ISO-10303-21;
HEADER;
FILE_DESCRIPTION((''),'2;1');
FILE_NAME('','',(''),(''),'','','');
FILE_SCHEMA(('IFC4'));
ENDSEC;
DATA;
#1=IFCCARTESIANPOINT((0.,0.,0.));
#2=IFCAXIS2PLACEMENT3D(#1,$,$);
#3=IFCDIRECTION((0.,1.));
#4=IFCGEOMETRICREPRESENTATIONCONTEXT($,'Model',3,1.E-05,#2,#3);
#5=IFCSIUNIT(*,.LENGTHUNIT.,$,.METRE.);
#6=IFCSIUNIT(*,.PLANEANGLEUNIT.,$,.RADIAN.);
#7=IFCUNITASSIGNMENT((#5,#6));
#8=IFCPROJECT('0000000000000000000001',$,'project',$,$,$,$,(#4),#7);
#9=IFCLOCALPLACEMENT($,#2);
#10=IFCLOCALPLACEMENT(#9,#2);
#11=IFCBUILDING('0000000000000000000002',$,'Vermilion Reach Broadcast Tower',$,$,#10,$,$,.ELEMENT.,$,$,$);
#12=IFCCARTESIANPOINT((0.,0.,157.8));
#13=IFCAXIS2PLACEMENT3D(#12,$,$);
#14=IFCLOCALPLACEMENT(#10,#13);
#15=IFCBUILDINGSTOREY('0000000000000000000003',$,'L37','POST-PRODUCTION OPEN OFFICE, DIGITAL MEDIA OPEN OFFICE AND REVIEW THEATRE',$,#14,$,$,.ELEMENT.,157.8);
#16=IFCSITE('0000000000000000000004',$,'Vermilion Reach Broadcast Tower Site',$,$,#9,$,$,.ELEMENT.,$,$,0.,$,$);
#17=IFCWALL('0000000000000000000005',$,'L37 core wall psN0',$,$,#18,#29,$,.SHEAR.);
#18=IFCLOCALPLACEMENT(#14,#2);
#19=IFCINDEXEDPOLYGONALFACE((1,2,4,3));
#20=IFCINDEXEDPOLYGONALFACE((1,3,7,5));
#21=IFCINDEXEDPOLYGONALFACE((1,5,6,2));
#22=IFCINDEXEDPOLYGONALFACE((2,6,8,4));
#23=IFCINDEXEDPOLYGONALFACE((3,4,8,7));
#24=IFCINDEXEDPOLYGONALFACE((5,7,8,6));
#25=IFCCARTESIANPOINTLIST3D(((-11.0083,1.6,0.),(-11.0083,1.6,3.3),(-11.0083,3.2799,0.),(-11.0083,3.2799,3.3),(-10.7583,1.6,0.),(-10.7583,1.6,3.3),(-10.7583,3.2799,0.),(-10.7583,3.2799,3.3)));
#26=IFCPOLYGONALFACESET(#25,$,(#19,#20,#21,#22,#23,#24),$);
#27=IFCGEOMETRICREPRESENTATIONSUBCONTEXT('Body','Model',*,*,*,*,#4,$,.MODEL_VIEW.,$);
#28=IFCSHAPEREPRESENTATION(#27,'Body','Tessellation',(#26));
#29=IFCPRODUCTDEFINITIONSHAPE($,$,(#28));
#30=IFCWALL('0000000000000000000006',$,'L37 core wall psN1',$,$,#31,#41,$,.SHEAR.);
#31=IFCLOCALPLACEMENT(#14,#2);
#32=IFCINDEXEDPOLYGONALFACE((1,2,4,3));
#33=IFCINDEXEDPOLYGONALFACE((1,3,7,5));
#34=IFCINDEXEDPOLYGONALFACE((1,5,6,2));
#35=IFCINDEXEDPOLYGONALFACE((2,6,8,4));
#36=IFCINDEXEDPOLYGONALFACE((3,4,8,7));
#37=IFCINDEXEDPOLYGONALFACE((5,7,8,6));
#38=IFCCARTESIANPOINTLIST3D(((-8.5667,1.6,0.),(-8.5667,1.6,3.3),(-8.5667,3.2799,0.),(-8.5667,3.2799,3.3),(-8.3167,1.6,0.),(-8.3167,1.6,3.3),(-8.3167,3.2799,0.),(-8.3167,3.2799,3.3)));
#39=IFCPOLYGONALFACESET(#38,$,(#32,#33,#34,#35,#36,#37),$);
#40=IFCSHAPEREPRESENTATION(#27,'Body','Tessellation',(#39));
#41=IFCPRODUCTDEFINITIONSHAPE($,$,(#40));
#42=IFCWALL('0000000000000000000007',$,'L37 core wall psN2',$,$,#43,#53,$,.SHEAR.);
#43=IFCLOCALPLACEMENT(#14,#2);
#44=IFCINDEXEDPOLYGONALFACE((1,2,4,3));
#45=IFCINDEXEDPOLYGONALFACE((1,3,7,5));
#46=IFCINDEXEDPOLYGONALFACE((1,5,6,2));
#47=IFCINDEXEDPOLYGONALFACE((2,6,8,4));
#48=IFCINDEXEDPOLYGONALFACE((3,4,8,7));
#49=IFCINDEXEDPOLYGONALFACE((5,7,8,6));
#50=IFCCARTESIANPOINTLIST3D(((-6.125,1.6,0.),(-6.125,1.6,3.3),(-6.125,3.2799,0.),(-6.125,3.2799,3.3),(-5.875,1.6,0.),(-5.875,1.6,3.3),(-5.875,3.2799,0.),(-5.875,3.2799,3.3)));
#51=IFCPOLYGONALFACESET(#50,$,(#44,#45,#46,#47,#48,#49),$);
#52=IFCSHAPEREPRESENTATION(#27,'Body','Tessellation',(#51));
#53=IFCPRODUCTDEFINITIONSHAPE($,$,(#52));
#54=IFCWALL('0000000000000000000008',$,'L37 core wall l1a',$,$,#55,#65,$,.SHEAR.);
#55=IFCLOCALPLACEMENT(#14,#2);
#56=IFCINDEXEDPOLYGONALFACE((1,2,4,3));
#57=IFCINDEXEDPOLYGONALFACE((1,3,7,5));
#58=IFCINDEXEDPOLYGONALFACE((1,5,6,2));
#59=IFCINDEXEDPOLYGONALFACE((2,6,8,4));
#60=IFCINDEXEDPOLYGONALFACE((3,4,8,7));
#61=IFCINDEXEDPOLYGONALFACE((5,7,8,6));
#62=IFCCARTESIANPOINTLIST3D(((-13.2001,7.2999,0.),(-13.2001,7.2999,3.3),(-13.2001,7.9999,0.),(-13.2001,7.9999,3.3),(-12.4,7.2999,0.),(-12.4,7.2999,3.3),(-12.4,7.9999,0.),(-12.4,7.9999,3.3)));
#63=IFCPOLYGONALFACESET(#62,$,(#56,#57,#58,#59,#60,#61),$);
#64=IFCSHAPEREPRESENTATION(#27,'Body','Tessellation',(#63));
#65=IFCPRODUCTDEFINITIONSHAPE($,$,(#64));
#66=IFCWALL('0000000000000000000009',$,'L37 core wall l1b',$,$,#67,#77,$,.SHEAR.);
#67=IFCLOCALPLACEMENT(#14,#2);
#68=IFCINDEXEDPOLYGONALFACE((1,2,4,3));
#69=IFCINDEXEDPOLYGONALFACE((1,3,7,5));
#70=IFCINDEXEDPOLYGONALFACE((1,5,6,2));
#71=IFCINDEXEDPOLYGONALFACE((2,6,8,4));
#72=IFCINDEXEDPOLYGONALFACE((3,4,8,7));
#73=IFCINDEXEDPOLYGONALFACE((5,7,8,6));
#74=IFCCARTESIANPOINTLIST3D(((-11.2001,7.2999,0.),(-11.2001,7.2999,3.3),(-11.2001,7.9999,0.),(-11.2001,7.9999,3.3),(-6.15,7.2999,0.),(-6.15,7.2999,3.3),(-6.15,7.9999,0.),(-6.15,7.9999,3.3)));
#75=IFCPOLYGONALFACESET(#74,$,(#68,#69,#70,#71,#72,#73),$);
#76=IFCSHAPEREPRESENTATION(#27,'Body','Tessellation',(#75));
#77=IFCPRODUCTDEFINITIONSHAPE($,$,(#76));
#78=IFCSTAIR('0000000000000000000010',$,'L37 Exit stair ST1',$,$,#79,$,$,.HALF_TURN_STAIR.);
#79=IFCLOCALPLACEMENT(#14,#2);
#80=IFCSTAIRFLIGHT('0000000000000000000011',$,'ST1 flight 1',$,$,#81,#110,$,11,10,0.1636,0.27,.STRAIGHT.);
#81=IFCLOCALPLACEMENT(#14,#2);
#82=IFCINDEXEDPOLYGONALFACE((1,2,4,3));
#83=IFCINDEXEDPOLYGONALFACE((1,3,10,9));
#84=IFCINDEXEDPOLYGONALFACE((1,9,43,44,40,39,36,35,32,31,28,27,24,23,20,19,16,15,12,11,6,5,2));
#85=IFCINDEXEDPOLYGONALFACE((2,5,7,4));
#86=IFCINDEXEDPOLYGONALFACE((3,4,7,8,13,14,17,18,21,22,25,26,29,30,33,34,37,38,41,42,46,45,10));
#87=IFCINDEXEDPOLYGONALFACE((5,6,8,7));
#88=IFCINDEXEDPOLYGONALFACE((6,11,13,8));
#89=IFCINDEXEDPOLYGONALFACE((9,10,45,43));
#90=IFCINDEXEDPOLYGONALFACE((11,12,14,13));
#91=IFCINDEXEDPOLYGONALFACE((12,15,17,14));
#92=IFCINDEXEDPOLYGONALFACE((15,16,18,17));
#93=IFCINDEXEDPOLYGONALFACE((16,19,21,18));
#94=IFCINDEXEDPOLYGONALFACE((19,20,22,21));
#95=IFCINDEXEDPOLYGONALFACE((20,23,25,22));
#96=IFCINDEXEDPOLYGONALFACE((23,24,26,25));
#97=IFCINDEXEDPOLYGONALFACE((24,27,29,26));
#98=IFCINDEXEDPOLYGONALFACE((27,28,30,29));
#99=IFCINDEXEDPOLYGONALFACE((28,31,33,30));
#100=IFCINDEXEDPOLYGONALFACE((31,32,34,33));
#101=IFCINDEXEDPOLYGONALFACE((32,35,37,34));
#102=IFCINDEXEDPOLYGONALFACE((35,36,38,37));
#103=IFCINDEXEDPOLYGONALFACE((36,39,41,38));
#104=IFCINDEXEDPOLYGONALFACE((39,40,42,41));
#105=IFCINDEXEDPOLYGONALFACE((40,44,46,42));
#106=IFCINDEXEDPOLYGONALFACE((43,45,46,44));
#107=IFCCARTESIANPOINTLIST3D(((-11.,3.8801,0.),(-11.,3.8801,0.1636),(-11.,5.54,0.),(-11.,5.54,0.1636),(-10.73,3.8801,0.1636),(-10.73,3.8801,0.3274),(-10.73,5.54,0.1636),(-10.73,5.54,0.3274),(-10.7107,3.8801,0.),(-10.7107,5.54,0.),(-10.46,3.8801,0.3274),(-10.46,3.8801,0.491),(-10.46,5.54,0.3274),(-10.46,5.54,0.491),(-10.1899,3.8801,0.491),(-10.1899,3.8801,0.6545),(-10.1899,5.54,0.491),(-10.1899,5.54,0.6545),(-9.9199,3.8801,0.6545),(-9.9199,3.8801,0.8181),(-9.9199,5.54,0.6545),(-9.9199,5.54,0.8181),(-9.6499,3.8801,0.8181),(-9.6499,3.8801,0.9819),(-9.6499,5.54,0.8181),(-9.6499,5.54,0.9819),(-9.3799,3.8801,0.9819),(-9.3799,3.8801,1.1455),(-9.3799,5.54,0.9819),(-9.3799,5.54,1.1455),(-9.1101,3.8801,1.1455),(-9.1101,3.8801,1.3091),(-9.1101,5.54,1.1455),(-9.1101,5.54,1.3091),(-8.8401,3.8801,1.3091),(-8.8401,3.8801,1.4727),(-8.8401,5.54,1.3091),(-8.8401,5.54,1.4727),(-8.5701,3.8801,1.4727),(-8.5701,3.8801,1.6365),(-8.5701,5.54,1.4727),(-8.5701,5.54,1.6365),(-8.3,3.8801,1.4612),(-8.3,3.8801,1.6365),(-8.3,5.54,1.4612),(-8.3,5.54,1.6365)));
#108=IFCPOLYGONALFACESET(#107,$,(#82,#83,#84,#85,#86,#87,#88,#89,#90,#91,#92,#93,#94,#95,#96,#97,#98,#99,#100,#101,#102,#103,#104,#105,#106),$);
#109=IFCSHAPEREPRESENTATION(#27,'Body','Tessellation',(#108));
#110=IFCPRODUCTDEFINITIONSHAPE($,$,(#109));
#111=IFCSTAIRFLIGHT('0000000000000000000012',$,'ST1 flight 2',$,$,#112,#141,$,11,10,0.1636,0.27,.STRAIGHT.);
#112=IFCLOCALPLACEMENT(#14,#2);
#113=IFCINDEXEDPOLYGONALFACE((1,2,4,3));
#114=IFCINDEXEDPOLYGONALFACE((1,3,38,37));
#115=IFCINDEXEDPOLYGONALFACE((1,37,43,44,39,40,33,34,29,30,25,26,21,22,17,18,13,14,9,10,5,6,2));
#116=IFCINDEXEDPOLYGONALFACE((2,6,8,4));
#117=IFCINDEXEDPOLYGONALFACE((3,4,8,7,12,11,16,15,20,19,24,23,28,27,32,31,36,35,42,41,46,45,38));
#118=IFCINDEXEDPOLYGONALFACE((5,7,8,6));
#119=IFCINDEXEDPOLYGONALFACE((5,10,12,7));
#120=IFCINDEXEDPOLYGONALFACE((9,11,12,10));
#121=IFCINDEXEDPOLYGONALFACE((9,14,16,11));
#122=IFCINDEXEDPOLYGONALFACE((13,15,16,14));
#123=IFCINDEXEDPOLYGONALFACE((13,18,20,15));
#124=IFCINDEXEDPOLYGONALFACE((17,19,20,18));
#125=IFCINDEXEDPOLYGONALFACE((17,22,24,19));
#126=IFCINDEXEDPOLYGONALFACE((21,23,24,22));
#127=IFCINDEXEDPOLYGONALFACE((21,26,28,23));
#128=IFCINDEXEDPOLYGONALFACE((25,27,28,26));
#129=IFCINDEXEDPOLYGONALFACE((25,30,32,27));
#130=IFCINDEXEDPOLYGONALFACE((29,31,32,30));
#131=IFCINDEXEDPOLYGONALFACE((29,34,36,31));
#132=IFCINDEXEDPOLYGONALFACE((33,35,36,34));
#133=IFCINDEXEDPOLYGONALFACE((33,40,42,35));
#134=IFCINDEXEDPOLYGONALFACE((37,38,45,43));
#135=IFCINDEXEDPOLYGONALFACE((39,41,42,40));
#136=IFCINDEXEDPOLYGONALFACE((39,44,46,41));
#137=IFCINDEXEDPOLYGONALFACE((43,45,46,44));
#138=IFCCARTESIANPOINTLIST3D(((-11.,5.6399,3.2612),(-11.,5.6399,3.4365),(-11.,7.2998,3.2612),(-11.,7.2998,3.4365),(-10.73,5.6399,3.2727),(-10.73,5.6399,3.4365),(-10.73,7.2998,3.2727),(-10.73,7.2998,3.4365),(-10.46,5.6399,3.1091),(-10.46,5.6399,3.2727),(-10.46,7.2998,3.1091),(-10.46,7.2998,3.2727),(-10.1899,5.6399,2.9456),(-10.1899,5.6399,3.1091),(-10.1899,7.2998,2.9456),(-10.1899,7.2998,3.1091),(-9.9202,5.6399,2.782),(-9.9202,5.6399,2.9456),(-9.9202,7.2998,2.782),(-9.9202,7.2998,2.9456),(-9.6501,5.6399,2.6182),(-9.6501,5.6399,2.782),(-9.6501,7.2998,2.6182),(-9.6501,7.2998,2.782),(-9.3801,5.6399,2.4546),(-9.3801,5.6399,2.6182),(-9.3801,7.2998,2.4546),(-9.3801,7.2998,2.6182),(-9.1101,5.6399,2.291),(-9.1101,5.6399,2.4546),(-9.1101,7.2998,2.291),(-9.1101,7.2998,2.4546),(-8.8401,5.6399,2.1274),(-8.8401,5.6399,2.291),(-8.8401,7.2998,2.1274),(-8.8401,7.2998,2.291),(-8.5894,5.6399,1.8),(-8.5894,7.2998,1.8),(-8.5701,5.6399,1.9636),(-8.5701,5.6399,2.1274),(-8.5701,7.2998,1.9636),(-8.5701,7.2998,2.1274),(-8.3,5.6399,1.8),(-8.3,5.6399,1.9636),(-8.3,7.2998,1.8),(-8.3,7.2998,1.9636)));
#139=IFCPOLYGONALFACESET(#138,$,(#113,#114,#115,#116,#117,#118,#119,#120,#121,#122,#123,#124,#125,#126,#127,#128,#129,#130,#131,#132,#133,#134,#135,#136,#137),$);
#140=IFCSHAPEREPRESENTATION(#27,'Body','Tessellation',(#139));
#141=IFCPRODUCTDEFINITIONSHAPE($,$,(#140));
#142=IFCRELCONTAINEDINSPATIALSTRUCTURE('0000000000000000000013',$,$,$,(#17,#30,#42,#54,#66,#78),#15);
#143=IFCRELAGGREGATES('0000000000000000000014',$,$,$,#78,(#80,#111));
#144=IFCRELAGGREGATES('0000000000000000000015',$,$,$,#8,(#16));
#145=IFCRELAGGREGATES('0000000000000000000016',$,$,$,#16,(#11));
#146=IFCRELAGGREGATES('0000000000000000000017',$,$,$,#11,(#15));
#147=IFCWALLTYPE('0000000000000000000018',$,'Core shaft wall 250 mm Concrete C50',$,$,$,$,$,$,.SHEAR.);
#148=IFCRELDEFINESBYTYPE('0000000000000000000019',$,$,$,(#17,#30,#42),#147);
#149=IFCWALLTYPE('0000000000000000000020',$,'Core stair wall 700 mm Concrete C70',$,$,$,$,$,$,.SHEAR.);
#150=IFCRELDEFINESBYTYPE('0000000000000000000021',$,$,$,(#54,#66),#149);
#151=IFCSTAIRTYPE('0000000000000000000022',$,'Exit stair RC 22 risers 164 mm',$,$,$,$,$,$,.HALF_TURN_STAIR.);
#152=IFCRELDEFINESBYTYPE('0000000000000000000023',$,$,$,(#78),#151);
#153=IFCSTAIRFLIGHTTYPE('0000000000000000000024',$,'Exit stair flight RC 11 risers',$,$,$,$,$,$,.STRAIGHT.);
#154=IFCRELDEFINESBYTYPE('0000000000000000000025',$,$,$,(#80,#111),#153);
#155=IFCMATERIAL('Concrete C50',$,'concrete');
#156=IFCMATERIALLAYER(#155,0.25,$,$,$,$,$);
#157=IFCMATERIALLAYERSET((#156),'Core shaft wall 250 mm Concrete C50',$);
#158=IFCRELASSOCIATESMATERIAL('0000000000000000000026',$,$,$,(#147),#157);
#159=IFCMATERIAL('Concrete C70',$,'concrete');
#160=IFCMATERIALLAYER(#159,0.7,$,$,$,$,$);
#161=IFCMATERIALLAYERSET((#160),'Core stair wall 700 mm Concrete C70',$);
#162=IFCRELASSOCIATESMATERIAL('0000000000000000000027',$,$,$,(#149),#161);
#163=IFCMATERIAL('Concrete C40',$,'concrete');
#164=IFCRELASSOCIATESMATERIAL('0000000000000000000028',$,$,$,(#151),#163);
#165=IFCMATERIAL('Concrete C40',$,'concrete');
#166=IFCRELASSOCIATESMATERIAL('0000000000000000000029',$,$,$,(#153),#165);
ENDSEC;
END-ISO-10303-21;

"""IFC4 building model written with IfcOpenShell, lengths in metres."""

from ifc_helpers import new_model, si_unit, direction, frame, frame_2d, origin, place, context, subcontext, project, spatial, polyline, rectangle, outline, extrude, material, layer, layer_set, type_object, element, aggregate, save


model = new_model("IFC4")

# Units and contexts
model_context = context("Model", 3, precision=1e-05, world=origin(), true_north=direction((0.0, 1.0)))
body_context = subcontext(model_context, "Body", "Model", "MODEL_VIEW")
ifc_project = project(units=[si_unit("LENGTHUNIT", "METRE"), si_unit("PLANEANGLEUNIT", "RADIAN")], contexts=[model_context])

# Site, building, storey
site_placement = place(None, origin())
site = spatial("IfcSite", under=ifc_project, at=site_placement, Name="Vermilion Reach Broadcast Tower Site", CompositionType="ELEMENT", RefElevation=0.0)
building_placement = place(site_placement, origin())
building = spatial("IfcBuilding", under=site, at=building_placement, Name="Vermilion Reach Broadcast Tower", CompositionType="ELEMENT")
storey_placement = place(building_placement, frame((0.0, 0.0, 157.8)))
storey = spatial("IfcBuildingStorey", under=building, at=storey_placement, Name="L37", Description="POST-PRODUCTION OPEN OFFICE, DIGITAL MEDIA OPEN OFFICE AND REVIEW THEATRE", CompositionType="ELEMENT", Elevation=157.8)

# Walls
ifc_material_1 = material(Name="Concrete C50", Category="concrete")
ifc_layer_1 = layer(ifc_material_1, 0.25)
ifc_layer_set_1 = layer_set([ifc_layer_1], Name="Core shaft wall 250 mm Concrete C50")
wall_type_1 = type_object("IfcWallType", Name="Core shaft wall 250 mm Concrete C50", PredefinedType="SHEAR", material=ifc_layer_set_1)
for number, where, z_axis, x_axis, name in (
    (1, (-10.8833, 1.6001, 0.0), (0.0, 0.0, 1.0), (0.0, 1.0, 0.0), "L37 core wall psN0"),
    (2, (-8.4417, 1.6001, 0.0), (0.0, 0.0, 1.0), (0.0, 1.0, 0.0), "L37 core wall psN1"),
    (3, (-6.0, 1.6001, 0.0), (0.0, 0.0, 1.0), (0.0, 1.0, 0.0), "L37 core wall psN2"),
):
    element("IfcWall", number, at=place(storey_placement, frame(where, z_axis=z_axis, x_axis=x_axis)), inside=storey, type_object=wall_type_1, Name=name, PredefinedType="SHEAR", context=body_context, shape_type="SweptSolid", body=[
        extrude(rectangle(XDim=1.6799, YDim=0.25, at=frame_2d((0.8398, 0.0))), origin(), (0.0, 0.0, 1.0), 3.3),
    ])
ifc_material_2 = material(Name="Concrete C70", Category="concrete")
ifc_layer_2 = layer(ifc_material_2, 0.7)
ifc_layer_set_2 = layer_set([ifc_layer_2], Name="Core stair wall 700 mm Concrete C70")
wall_type_2 = type_object("IfcWallType", Name="Core stair wall 700 mm Concrete C70", PredefinedType="SHEAR", material=ifc_layer_set_2)
wall_1_placement = place(storey_placement, frame((-13.2, 7.6499, 0.0), z_axis=(0.0, 0.0, 1.0), x_axis=(1.0, 0.0, 0.0)))
element("IfcWall", 4, at=wall_1_placement, inside=storey, type_object=wall_type_2, Name="L37 core wall l1a", PredefinedType="SHEAR", context=body_context, shape_type="SweptSolid", body=[
    extrude(rectangle(XDim=0.8, YDim=0.7, at=frame_2d((0.3999, 0.0))), origin(), (0.0, 0.0, 1.0), 3.3),
])
wall_2_placement = place(storey_placement, frame((-11.2, 7.6499, 0.0), z_axis=(0.0, 0.0, 1.0), x_axis=(1.0, 0.0, 0.0)))
element("IfcWall", 5, at=wall_2_placement, inside=storey, type_object=wall_type_2, Name="L37 core wall l1b", PredefinedType="SHEAR", context=body_context, shape_type="SweptSolid", body=[
    extrude(rectangle(XDim=5.05, YDim=0.7, at=frame_2d((2.5249, 0.0))), origin(), (0.0, 0.0, 1.0), 3.3),
])

# Stair, stair flights
ifc_material_3 = material(Name="Concrete C40", Category="concrete")
stair_type = type_object("IfcStairType", Name="Exit stair RC 22 risers 164 mm", PredefinedType="HALF_TURN_STAIR", material=ifc_material_3)
stair_placement = place(storey_placement, origin())
stair = element("IfcStair", 6, at=stair_placement, inside=storey, type_object=stair_type, Name="L37 Exit stair ST1", PredefinedType="HALF_TURN_STAIR")
ifc_material_4 = material(Name="Concrete C40", Category="concrete")
stair_flight_type = type_object("IfcStairFlightType", Name="Exit stair flight RC 11 risers", PredefinedType="STRAIGHT", material=ifc_material_4)
stair_flight_1_placement = place(storey_placement, frame((-11.0, 4.71, 0.0), z_axis=(0.0, 0.0, 1.0), x_axis=(1.0, 0.0, 0.0)))
stair_flight_1 = element("IfcStairFlight", 7, at=stair_flight_1_placement, type_object=stair_flight_type, Name="ST1 flight 1", NumberOfRisers=11, NumberOfTreads=10, PredefinedType="STRAIGHT", RiserHeight=0.1636, TreadLength=0.27, context=body_context, shape_type="SweptSolid", body=[
    extrude(outline(polyline([(0.0, 0.0), (0.0, 0.1636), (0.27, 0.1636), (0.27, 0.3274), (0.54, 0.3274), (0.54, 0.491), (0.8101, 0.491), (0.8101, 0.6545), (1.0801, 0.6545), (1.0801, 0.8181), (1.3501, 0.8181), (1.3501, 0.9819), (1.6201, 0.9819), (1.6201, 1.1455), (1.8899, 1.1455), (1.8899, 1.3091), (2.1599, 1.3091), (2.1599, 1.4727), (2.4299, 1.4727), (2.4299, 1.6365), (2.7, 1.6365), (2.7, 1.8), (2.7, 1.4612), (0.2893, 0.0), (0.0, 0.0)])), frame((0.0, 0.8301, 0.0), z_axis=(0.0, -1.0, 0.0), x_axis=(1.0, 0.0, 0.0)), (0.0, 0.0, 1.0), 1.6599),
])
stair_flight_2_placement = place(storey_placement, frame((-8.3, 6.47, 1.8), z_axis=(0.0, 0.0, 1.0), x_axis=(-1.0, 0.0, 0.0)))
stair_flight_2 = element("IfcStairFlight", 8, at=stair_flight_2_placement, type_object=stair_flight_type, Name="ST1 flight 2", NumberOfRisers=11, NumberOfTreads=10, PredefinedType="STRAIGHT", RiserHeight=0.1636, TreadLength=0.27, context=body_context, shape_type="SweptSolid", body=[
    extrude(outline(polyline([(0.0, 0.0), (0.0, 0.1636), (0.27, 0.1636), (0.27, 0.3274), (0.54, 0.3274), (0.54, 0.491), (0.8101, 0.491), (0.8101, 0.6545), (1.0801, 0.6545), (1.0801, 0.8181), (1.3501, 0.8181), (1.3501, 0.9819), (1.6201, 0.9819), (1.6201, 1.1455), (1.8899, 1.1455), (1.8899, 1.3091), (2.1599, 1.3091), (2.1599, 1.4727), (2.4299, 1.4727), (2.4299, 1.6365), (2.7, 1.6365), (2.7, 1.8), (2.7, 1.4612), (0.2893, 0.0), (0.0, 0.0)])), frame((0.0, 0.8301, 0.0), z_axis=(0.0, -1.0, 0.0), x_axis=(1.0, 0.0, 0.0)), (0.0, 0.0, 1.0), 1.6599),
])
aggregate(stair, [stair_flight_1, stair_flight_2])

save(model, "model.ifc")
